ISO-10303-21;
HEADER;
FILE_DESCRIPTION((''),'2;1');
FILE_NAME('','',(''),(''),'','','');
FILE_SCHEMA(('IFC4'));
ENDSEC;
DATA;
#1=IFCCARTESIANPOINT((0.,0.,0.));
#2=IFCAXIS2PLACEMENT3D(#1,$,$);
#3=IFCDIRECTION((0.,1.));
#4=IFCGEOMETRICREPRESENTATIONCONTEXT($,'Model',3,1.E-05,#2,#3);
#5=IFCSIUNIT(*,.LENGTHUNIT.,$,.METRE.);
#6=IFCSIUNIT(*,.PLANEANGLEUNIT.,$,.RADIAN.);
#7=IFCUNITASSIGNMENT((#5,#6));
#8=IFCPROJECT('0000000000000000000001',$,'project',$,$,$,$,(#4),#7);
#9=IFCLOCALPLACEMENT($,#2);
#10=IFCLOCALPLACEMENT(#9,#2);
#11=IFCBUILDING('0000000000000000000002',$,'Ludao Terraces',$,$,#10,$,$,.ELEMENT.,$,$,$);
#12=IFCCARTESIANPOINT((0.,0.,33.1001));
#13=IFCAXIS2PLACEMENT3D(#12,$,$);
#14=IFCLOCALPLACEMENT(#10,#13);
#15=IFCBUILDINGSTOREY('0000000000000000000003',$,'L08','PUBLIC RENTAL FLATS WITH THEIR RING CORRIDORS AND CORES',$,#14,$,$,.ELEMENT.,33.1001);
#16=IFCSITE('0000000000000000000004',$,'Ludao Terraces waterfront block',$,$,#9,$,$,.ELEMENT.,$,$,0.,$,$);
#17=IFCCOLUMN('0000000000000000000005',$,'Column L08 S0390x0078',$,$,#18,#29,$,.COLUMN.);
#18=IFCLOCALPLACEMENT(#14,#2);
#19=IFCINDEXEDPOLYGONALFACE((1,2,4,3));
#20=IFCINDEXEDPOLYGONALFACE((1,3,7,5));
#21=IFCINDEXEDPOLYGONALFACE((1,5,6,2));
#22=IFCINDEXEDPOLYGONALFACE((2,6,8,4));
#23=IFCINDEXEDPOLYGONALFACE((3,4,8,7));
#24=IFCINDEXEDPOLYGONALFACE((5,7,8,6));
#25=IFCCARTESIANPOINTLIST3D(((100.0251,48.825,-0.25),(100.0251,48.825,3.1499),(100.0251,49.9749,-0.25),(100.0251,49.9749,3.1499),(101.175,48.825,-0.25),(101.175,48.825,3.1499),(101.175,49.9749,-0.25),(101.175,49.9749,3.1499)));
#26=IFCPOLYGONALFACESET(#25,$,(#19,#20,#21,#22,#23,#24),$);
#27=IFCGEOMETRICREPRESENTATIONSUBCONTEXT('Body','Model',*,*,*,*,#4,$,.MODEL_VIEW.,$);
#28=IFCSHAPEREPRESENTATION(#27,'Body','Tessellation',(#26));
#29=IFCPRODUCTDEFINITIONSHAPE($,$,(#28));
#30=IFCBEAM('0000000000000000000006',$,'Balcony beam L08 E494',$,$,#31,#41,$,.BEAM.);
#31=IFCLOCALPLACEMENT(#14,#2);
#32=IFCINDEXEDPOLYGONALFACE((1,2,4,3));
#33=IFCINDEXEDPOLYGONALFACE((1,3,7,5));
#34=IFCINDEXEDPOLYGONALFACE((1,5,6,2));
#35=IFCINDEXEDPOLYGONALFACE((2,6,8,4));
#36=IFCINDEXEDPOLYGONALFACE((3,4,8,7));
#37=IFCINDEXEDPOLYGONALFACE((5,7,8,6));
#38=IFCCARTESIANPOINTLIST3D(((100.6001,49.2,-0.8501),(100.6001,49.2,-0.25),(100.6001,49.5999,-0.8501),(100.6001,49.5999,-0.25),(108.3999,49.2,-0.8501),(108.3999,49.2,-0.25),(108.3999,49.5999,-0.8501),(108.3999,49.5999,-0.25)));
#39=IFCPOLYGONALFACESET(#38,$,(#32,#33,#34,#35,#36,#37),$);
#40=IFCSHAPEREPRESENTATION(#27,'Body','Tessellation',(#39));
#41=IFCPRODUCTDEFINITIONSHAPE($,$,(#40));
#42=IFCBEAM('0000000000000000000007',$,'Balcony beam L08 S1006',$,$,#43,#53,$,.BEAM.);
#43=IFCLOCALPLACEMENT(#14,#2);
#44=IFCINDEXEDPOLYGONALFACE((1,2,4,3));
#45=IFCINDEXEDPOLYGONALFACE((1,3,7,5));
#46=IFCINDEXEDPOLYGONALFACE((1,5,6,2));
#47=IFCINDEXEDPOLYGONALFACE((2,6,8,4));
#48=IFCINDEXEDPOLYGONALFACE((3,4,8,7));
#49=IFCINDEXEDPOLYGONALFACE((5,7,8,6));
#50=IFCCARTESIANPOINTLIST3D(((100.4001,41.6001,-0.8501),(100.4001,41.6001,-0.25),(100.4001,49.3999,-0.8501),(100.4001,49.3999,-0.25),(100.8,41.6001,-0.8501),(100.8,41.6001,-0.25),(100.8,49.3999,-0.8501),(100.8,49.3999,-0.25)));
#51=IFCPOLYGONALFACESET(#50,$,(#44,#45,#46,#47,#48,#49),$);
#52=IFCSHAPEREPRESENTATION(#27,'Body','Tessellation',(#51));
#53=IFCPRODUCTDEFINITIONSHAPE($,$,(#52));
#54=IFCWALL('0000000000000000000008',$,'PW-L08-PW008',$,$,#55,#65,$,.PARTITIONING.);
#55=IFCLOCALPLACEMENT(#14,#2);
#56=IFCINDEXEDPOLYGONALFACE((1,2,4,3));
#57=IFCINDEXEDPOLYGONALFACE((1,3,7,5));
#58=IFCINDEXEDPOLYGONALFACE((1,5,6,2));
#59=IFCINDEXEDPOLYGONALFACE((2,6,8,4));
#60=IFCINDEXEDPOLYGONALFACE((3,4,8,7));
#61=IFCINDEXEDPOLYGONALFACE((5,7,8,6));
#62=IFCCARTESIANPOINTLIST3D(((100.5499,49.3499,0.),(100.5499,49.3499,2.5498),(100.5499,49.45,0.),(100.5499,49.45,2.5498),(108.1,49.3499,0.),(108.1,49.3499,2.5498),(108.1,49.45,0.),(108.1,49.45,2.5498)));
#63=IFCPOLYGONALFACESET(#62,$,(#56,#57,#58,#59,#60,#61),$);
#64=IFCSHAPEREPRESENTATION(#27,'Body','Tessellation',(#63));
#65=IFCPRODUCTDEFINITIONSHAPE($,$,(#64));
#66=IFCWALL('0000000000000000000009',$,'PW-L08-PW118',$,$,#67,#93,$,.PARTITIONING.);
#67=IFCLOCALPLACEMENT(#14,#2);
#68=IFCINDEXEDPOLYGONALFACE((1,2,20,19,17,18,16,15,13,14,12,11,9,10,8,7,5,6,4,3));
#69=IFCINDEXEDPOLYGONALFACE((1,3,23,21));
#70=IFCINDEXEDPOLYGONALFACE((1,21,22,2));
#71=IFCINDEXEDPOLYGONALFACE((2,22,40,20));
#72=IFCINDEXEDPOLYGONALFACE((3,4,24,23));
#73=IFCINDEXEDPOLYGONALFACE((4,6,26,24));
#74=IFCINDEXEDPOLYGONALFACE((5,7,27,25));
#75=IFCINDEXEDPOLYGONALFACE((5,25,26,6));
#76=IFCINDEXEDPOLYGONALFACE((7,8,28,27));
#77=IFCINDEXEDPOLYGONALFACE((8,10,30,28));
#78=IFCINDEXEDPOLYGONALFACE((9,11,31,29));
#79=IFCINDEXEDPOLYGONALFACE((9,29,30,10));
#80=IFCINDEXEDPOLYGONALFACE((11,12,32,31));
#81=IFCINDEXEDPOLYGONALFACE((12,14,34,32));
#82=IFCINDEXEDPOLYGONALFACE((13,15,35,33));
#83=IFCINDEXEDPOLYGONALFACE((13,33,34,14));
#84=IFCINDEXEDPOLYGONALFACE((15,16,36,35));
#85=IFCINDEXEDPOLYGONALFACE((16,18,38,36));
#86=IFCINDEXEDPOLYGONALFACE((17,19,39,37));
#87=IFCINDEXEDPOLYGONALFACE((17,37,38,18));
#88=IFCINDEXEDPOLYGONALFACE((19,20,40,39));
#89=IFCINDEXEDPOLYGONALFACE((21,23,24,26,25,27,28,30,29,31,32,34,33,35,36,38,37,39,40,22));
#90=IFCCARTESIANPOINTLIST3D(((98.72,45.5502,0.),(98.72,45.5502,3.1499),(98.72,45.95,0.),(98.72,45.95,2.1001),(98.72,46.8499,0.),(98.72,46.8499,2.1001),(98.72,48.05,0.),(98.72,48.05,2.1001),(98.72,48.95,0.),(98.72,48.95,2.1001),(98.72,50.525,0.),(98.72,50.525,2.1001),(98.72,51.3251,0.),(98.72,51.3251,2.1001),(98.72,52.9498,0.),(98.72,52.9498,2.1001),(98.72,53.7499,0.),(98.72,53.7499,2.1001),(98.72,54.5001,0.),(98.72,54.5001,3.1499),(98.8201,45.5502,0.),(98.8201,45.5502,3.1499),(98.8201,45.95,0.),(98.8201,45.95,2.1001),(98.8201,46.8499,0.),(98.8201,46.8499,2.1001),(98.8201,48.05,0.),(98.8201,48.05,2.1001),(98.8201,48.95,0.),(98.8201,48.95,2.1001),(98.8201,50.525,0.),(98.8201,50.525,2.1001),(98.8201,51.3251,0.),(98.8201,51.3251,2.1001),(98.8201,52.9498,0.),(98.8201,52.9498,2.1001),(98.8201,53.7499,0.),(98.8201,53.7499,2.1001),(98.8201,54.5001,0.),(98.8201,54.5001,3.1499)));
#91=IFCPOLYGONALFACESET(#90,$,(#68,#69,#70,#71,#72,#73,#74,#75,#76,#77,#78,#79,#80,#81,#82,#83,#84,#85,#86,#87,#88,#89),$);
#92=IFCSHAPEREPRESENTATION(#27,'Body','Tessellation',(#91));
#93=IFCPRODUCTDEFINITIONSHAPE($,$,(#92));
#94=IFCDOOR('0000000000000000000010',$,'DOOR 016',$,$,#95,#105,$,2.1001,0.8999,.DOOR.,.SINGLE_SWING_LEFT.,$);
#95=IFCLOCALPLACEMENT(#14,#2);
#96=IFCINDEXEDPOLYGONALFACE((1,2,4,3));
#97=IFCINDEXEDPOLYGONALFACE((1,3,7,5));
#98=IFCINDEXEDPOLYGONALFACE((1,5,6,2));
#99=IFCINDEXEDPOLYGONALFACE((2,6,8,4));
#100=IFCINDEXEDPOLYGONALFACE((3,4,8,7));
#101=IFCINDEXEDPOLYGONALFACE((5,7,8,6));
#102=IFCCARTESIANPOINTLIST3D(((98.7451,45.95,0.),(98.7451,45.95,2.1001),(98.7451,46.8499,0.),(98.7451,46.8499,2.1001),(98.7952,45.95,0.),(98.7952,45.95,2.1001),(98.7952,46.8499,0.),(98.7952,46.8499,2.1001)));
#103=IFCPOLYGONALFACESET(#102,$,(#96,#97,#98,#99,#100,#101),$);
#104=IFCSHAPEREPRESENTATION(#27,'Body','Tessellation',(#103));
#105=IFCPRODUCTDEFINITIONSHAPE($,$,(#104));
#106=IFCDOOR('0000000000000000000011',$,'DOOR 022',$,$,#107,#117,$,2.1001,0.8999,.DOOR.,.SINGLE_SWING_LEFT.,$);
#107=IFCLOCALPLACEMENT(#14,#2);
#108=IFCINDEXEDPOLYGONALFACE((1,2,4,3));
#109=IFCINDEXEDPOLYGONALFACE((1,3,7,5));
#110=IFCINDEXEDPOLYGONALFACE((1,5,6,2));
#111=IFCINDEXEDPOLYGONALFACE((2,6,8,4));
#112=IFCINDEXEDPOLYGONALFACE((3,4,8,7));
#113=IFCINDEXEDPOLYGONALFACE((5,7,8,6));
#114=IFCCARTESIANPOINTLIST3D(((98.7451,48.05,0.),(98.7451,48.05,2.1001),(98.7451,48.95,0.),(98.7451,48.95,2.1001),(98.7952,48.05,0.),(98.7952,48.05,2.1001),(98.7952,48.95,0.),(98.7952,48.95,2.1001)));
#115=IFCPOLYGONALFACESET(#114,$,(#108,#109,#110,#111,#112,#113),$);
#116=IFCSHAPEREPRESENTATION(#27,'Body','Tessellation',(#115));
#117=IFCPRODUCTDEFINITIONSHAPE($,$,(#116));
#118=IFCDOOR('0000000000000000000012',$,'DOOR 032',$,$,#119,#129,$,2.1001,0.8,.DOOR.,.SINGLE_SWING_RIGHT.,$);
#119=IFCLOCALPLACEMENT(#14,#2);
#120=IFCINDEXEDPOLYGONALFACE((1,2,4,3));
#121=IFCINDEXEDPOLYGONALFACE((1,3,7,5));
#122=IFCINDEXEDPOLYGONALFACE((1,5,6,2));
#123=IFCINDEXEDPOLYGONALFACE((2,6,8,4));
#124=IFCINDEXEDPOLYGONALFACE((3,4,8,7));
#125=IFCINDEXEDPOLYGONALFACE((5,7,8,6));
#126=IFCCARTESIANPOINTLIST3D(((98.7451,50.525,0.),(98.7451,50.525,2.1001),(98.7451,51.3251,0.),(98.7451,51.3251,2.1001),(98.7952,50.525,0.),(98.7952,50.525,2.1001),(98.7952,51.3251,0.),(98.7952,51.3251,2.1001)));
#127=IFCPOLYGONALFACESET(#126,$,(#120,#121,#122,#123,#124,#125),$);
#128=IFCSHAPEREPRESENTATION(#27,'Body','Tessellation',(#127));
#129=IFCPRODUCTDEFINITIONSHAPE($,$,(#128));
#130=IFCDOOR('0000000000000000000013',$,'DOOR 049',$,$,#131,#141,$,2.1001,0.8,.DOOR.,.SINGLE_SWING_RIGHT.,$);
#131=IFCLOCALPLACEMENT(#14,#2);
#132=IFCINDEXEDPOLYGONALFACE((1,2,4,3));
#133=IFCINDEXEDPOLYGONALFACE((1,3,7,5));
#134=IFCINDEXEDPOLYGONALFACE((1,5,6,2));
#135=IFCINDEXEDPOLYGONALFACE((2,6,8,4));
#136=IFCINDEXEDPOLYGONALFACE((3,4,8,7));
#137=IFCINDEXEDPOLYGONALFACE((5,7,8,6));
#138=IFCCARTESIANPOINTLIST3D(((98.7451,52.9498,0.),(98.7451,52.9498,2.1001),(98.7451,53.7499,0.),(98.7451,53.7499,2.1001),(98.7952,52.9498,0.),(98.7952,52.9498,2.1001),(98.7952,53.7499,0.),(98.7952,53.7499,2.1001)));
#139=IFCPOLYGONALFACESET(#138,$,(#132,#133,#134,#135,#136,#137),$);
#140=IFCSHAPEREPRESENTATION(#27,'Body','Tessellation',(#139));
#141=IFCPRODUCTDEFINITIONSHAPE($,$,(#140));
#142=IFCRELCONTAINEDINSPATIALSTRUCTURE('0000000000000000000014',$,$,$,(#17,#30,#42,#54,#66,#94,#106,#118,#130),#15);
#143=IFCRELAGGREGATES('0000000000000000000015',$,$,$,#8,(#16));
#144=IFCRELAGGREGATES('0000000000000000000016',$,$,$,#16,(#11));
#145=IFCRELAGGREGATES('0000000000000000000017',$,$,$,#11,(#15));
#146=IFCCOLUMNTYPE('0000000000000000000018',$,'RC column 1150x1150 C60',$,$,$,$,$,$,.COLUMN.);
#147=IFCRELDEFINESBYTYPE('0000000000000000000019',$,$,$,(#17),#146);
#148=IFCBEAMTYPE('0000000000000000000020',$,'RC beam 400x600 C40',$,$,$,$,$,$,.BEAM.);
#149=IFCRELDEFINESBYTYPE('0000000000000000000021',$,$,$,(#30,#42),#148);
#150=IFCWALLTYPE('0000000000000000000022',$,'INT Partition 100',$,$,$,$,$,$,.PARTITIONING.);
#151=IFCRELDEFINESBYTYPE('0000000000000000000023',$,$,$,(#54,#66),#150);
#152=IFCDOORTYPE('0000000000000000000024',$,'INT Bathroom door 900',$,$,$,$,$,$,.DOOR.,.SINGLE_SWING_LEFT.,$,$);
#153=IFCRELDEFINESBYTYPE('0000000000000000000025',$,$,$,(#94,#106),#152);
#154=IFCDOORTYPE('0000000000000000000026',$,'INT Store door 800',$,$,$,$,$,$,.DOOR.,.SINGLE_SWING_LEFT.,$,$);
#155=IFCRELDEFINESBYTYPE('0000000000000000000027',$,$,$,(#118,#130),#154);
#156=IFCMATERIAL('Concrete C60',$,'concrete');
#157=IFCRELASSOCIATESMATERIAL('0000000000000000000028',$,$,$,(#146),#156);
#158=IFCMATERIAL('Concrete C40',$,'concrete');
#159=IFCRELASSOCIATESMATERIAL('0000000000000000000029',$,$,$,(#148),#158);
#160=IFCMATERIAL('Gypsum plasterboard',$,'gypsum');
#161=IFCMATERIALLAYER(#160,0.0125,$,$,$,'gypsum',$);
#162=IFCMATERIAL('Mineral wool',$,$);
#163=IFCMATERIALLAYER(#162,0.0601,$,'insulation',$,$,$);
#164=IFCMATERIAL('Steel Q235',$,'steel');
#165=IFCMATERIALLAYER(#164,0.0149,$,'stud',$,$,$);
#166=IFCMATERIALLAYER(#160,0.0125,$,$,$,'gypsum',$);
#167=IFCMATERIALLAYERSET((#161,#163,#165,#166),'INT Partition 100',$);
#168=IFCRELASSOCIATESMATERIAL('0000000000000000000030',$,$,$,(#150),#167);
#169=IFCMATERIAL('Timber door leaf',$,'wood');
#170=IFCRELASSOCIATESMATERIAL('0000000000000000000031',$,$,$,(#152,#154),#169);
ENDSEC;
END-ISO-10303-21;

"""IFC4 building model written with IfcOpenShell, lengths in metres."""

from ifc_helpers import new_model, si_unit, direction, frame, frame_2d, origin, origin_2d, place, context, subcontext, project, spatial, rectangle, extrude, material, layer, layer_set, material_profile, profile_set, type_object, element, fill, save


model = new_model("IFC4")

# Units and contexts
model_context = context("Model", 3, precision=1e-05, world=origin(), true_north=direction((0.0, 1.0)))
body_context = subcontext(model_context, "Body", "Model", "MODEL_VIEW")
ifc_project = project(units=[si_unit("LENGTHUNIT", "METRE"), si_unit("PLANEANGLEUNIT", "RADIAN")], contexts=[model_context])

# Site, building, storey
site_placement = place(None, origin())
site = spatial("IfcSite", under=ifc_project, at=site_placement, Name="Ludao Terraces waterfront block", CompositionType="ELEMENT", RefElevation=0.0)
building_placement = place(site_placement, origin())
building = spatial("IfcBuilding", under=site, at=building_placement, Name="Ludao Terraces", CompositionType="ELEMENT")
storey_placement = place(building_placement, frame((0.0, 0.0, 33.1001)))
storey = spatial("IfcBuildingStorey", under=building, at=storey_placement, Name="L08", Description="PUBLIC RENTAL FLATS WITH THEIR RING CORRIDORS AND CORES", CompositionType="ELEMENT", Elevation=33.1001)

# Column
ifc_material_1 = material(Name="Concrete C60", Category="concrete")
ifc_material_profile_1 = material_profile(ifc_material_1, rectangle(XDim=1.1499, YDim=1.1499, at=origin_2d()), Name="1150 X 1150")
ifc_profile_set_1 = profile_set([ifc_material_profile_1], Name="Concrete C60")
column_type = type_object("IfcColumnType", Name="RC column 1150x1150 C60", PredefinedType="COLUMN", material=ifc_profile_set_1)
column_placement = place(storey_placement, frame((100.6001, 49.3999, -0.25), z_axis=(0.0, 0.0, 1.0), x_axis=(1.0, 0.0, 0.0)))
element("IfcColumn", 1, at=column_placement, inside=storey, type_object=column_type, Name="Column L08 S0390x0078", PredefinedType="COLUMN", context=body_context, shape_type="SweptSolid", body=[
    extrude(rectangle(XDim=1.1499, YDim=1.1499, at=origin_2d()), origin(), (0.0, 0.0, 1.0), 3.3999),
])

# Beams
ifc_material_2 = material(Name="Concrete C40", Category="concrete")
ifc_material_profile_2 = material_profile(ifc_material_2, rectangle(XDim=0.3999, YDim=0.6001, at=origin_2d()), Name="400 X 600")
ifc_profile_set_2 = profile_set([ifc_material_profile_2], Name="Concrete C40")
beam_type = type_object("IfcBeamType", Name="RC beam 400x600 C40", PredefinedType="BEAM", material=ifc_profile_set_2)
for number, where, z_axis, x_axis, name in (
    (2, (100.6001, 49.3999, -0.55), (1.0, 0.0, 0.0), (0.0, 1.0, 0.0), "Balcony beam L08 E494"),
    (3, (100.6001, 49.3999, -0.55), (0.0, -1.0, 0.0), (1.0, 0.0, 0.0), "Balcony beam L08 S1006"),
):
    element("IfcBeam", number, at=place(storey_placement, frame(where, z_axis=z_axis, x_axis=x_axis)), inside=storey, type_object=beam_type, Name=name, PredefinedType="BEAM", context=body_context, shape_type="SweptSolid", body=[
        extrude(rectangle(XDim=0.3999, YDim=0.6001, at=origin_2d()), origin(), (0.0, 0.0, 1.0), 7.7998),
    ])

# Wall
ifc_material_3 = material(Name="Gypsum plasterboard", Category="gypsum")
ifc_layer_1 = layer(ifc_material_3, 0.0125, Category="gypsum")
ifc_material_4 = material(Name="Mineral wool")
ifc_layer_2 = layer(ifc_material_4, 0.0601, Name="insulation")
ifc_material_5 = material(Name="Steel Q235", Category="steel")
ifc_layer_3 = layer(ifc_material_5, 0.0149, Name="stud")
ifc_layer_4 = layer(ifc_material_3, 0.0125, Category="gypsum")
ifc_layer_set = layer_set([ifc_layer_1, ifc_layer_2, ifc_layer_3, ifc_layer_4], Name="INT Partition 100")
wall_type = type_object("IfcWallType", Name="INT Partition 100", PredefinedType="PARTITIONING", material=ifc_layer_set)
wall_1_placement = place(storey_placement, frame((100.55, 49.3999, 0.0), z_axis=(0.0, 0.0, 1.0), x_axis=(1.0, 0.0, 0.0)))
element("IfcWall", 4, at=wall_1_placement, inside=storey, type_object=wall_type, Name="PW-L08-PW008", PredefinedType="PARTITIONING", context=body_context, shape_type="SweptSolid", body=[
    extrude(rectangle(XDim=7.55, YDim=0.1001, at=frame_2d((3.7749, 0.0))), origin(), (0.0, 0.0, 1.0), 2.5498),
])

# Wall, openings, doors
wall_2_placement = place(storey_placement, frame((98.77, 45.55, 0.0), z_axis=(0.0, 0.0, 1.0), x_axis=(0.0, 1.0, 0.0)))
wall_2 = element("IfcWall", 5, at=wall_2_placement, inside=storey, type_object=wall_type, Name="PW-L08-PW118", PredefinedType="PARTITIONING", context=body_context, shape_type="SweptSolid", body=[
    extrude(rectangle(XDim=8.95, YDim=0.1001, at=frame_2d((4.4751, 0.0))), origin(), (0.0, 0.0, 1.0), 3.1499),
])
opening_1_placement = place(wall_2_placement, frame((0.3999, 0.0, 0.0)))
opening_1 = element("IfcOpeningElement", 6, at=opening_1_placement, cuts=wall_2, PredefinedType="OPENING", context=body_context, shape_type="SweptSolid", body=[
    extrude(rectangle(XDim=0.8999, YDim=2.1001, at=frame_2d((0.45, 1.05))), frame((0.0, 0.0601, 0.0), z_axis=(0.0, -1.0, 0.0), x_axis=(1.0, 0.0, 0.0)), (0.0, 0.0, 1.0), 0.1201),
])
opening_2_placement = place(wall_2_placement, frame((2.5, 0.0, 0.0)))
opening_2 = element("IfcOpeningElement", 7, at=opening_2_placement, cuts=wall_2, PredefinedType="OPENING", context=body_context, shape_type="SweptSolid", body=[
    extrude(rectangle(XDim=0.8999, YDim=2.1001, at=frame_2d((0.45, 1.05))), frame((0.0, 0.0601, 0.0), z_axis=(0.0, -1.0, 0.0), x_axis=(1.0, 0.0, 0.0)), (0.0, 0.0, 1.0), 0.1201),
])
opening_3_placement = place(wall_2_placement, frame((4.9751, 0.0, 0.0)))
opening_3 = element("IfcOpeningElement", 8, at=opening_3_placement, cuts=wall_2, PredefinedType="OPENING", context=body_context, shape_type="SweptSolid", body=[
    extrude(rectangle(XDim=0.8, YDim=2.1001, at=frame_2d((0.3999, 1.05))), frame((0.0, 0.0601, 0.0), z_axis=(0.0, -1.0, 0.0), x_axis=(1.0, 0.0, 0.0)), (0.0, 0.0, 1.0), 0.1201),
])
opening_4_placement = place(wall_2_placement, frame((7.3999, 0.0, 0.0)))
opening_4 = element("IfcOpeningElement", 9, at=opening_4_placement, cuts=wall_2, PredefinedType="OPENING", context=body_context, shape_type="SweptSolid", body=[
    extrude(rectangle(XDim=0.8, YDim=2.1001, at=frame_2d((0.3999, 1.05))), frame((0.0, 0.0601, 0.0), z_axis=(0.0, -1.0, 0.0), x_axis=(1.0, 0.0, 0.0)), (0.0, 0.0, 1.0), 0.1201),
])
ifc_material_6 = material(Name="Timber door leaf", Category="wood")
door_type_1 = type_object("IfcDoorType", Name="INT Bathroom door 900", OperationType="SINGLE_SWING_LEFT", PredefinedType="DOOR", material=ifc_material_6)
door_1_placement = place(opening_1_placement, origin())
door_1 = element("IfcDoor", 10, at=door_1_placement, inside=storey, type_object=door_type_1, Name="DOOR 016", OperationType="SINGLE_SWING_LEFT", OverallHeight=2.1001, OverallWidth=0.8999, PredefinedType="DOOR", context=body_context, shape_type="SweptSolid", body=[
    extrude(rectangle(XDim=0.8999, YDim=2.1001, at=frame_2d((0.45, 1.05))), frame((0.0, 0.0249, 0.0), z_axis=(0.0, -1.0, 0.0), x_axis=(1.0, 0.0, 0.0)), (0.0, 0.0, 1.0), 0.05),
])
fill(opening_1, door_1)
door_2_placement = place(opening_2_placement, origin())
door_2 = element("IfcDoor", 11, at=door_2_placement, inside=storey, type_object=door_type_1, Name="DOOR 022", OperationType="SINGLE_SWING_LEFT", OverallHeight=2.1001, OverallWidth=0.8999, PredefinedType="DOOR", context=body_context, shape_type="SweptSolid", body=[
    extrude(rectangle(XDim=0.8999, YDim=2.1001, at=frame_2d((0.45, 1.05))), frame((0.0, 0.0249, 0.0), z_axis=(0.0, -1.0, 0.0), x_axis=(1.0, 0.0, 0.0)), (0.0, 0.0, 1.0), 0.05),
])
fill(opening_2, door_2)
door_type_2 = type_object("IfcDoorType", Name="INT Store door 800", OperationType="SINGLE_SWING_LEFT", PredefinedType="DOOR", material=ifc_material_6)
door_3_placement = place(opening_3_placement, origin())
door_3 = element("IfcDoor", 12, at=door_3_placement, inside=storey, type_object=door_type_2, Name="DOOR 032", OperationType="SINGLE_SWING_RIGHT", OverallHeight=2.1001, OverallWidth=0.8, PredefinedType="DOOR", context=body_context, shape_type="SweptSolid", body=[
    extrude(rectangle(XDim=0.8, YDim=2.1001, at=frame_2d((0.3999, 1.05))), frame((0.0, 0.0249, 0.0), z_axis=(0.0, -1.0, 0.0), x_axis=(1.0, 0.0, 0.0)), (0.0, 0.0, 1.0), 0.05),
])
fill(opening_3, door_3)
door_4_placement = place(opening_4_placement, origin())
door_4 = element("IfcDoor", 13, at=door_4_placement, inside=storey, type_object=door_type_2, Name="DOOR 049", OperationType="SINGLE_SWING_RIGHT", OverallHeight=2.1001, OverallWidth=0.8, PredefinedType="DOOR", context=body_context, shape_type="SweptSolid", body=[
    extrude(rectangle(XDim=0.8, YDim=2.1001, at=frame_2d((0.3999, 1.05))), frame((0.0, 0.0249, 0.0), z_axis=(0.0, -1.0, 0.0), x_axis=(1.0, 0.0, 0.0)), (0.0, 0.0, 1.0), 0.05),
])
fill(opening_4, door_4)

save(model, "model.ifc")
